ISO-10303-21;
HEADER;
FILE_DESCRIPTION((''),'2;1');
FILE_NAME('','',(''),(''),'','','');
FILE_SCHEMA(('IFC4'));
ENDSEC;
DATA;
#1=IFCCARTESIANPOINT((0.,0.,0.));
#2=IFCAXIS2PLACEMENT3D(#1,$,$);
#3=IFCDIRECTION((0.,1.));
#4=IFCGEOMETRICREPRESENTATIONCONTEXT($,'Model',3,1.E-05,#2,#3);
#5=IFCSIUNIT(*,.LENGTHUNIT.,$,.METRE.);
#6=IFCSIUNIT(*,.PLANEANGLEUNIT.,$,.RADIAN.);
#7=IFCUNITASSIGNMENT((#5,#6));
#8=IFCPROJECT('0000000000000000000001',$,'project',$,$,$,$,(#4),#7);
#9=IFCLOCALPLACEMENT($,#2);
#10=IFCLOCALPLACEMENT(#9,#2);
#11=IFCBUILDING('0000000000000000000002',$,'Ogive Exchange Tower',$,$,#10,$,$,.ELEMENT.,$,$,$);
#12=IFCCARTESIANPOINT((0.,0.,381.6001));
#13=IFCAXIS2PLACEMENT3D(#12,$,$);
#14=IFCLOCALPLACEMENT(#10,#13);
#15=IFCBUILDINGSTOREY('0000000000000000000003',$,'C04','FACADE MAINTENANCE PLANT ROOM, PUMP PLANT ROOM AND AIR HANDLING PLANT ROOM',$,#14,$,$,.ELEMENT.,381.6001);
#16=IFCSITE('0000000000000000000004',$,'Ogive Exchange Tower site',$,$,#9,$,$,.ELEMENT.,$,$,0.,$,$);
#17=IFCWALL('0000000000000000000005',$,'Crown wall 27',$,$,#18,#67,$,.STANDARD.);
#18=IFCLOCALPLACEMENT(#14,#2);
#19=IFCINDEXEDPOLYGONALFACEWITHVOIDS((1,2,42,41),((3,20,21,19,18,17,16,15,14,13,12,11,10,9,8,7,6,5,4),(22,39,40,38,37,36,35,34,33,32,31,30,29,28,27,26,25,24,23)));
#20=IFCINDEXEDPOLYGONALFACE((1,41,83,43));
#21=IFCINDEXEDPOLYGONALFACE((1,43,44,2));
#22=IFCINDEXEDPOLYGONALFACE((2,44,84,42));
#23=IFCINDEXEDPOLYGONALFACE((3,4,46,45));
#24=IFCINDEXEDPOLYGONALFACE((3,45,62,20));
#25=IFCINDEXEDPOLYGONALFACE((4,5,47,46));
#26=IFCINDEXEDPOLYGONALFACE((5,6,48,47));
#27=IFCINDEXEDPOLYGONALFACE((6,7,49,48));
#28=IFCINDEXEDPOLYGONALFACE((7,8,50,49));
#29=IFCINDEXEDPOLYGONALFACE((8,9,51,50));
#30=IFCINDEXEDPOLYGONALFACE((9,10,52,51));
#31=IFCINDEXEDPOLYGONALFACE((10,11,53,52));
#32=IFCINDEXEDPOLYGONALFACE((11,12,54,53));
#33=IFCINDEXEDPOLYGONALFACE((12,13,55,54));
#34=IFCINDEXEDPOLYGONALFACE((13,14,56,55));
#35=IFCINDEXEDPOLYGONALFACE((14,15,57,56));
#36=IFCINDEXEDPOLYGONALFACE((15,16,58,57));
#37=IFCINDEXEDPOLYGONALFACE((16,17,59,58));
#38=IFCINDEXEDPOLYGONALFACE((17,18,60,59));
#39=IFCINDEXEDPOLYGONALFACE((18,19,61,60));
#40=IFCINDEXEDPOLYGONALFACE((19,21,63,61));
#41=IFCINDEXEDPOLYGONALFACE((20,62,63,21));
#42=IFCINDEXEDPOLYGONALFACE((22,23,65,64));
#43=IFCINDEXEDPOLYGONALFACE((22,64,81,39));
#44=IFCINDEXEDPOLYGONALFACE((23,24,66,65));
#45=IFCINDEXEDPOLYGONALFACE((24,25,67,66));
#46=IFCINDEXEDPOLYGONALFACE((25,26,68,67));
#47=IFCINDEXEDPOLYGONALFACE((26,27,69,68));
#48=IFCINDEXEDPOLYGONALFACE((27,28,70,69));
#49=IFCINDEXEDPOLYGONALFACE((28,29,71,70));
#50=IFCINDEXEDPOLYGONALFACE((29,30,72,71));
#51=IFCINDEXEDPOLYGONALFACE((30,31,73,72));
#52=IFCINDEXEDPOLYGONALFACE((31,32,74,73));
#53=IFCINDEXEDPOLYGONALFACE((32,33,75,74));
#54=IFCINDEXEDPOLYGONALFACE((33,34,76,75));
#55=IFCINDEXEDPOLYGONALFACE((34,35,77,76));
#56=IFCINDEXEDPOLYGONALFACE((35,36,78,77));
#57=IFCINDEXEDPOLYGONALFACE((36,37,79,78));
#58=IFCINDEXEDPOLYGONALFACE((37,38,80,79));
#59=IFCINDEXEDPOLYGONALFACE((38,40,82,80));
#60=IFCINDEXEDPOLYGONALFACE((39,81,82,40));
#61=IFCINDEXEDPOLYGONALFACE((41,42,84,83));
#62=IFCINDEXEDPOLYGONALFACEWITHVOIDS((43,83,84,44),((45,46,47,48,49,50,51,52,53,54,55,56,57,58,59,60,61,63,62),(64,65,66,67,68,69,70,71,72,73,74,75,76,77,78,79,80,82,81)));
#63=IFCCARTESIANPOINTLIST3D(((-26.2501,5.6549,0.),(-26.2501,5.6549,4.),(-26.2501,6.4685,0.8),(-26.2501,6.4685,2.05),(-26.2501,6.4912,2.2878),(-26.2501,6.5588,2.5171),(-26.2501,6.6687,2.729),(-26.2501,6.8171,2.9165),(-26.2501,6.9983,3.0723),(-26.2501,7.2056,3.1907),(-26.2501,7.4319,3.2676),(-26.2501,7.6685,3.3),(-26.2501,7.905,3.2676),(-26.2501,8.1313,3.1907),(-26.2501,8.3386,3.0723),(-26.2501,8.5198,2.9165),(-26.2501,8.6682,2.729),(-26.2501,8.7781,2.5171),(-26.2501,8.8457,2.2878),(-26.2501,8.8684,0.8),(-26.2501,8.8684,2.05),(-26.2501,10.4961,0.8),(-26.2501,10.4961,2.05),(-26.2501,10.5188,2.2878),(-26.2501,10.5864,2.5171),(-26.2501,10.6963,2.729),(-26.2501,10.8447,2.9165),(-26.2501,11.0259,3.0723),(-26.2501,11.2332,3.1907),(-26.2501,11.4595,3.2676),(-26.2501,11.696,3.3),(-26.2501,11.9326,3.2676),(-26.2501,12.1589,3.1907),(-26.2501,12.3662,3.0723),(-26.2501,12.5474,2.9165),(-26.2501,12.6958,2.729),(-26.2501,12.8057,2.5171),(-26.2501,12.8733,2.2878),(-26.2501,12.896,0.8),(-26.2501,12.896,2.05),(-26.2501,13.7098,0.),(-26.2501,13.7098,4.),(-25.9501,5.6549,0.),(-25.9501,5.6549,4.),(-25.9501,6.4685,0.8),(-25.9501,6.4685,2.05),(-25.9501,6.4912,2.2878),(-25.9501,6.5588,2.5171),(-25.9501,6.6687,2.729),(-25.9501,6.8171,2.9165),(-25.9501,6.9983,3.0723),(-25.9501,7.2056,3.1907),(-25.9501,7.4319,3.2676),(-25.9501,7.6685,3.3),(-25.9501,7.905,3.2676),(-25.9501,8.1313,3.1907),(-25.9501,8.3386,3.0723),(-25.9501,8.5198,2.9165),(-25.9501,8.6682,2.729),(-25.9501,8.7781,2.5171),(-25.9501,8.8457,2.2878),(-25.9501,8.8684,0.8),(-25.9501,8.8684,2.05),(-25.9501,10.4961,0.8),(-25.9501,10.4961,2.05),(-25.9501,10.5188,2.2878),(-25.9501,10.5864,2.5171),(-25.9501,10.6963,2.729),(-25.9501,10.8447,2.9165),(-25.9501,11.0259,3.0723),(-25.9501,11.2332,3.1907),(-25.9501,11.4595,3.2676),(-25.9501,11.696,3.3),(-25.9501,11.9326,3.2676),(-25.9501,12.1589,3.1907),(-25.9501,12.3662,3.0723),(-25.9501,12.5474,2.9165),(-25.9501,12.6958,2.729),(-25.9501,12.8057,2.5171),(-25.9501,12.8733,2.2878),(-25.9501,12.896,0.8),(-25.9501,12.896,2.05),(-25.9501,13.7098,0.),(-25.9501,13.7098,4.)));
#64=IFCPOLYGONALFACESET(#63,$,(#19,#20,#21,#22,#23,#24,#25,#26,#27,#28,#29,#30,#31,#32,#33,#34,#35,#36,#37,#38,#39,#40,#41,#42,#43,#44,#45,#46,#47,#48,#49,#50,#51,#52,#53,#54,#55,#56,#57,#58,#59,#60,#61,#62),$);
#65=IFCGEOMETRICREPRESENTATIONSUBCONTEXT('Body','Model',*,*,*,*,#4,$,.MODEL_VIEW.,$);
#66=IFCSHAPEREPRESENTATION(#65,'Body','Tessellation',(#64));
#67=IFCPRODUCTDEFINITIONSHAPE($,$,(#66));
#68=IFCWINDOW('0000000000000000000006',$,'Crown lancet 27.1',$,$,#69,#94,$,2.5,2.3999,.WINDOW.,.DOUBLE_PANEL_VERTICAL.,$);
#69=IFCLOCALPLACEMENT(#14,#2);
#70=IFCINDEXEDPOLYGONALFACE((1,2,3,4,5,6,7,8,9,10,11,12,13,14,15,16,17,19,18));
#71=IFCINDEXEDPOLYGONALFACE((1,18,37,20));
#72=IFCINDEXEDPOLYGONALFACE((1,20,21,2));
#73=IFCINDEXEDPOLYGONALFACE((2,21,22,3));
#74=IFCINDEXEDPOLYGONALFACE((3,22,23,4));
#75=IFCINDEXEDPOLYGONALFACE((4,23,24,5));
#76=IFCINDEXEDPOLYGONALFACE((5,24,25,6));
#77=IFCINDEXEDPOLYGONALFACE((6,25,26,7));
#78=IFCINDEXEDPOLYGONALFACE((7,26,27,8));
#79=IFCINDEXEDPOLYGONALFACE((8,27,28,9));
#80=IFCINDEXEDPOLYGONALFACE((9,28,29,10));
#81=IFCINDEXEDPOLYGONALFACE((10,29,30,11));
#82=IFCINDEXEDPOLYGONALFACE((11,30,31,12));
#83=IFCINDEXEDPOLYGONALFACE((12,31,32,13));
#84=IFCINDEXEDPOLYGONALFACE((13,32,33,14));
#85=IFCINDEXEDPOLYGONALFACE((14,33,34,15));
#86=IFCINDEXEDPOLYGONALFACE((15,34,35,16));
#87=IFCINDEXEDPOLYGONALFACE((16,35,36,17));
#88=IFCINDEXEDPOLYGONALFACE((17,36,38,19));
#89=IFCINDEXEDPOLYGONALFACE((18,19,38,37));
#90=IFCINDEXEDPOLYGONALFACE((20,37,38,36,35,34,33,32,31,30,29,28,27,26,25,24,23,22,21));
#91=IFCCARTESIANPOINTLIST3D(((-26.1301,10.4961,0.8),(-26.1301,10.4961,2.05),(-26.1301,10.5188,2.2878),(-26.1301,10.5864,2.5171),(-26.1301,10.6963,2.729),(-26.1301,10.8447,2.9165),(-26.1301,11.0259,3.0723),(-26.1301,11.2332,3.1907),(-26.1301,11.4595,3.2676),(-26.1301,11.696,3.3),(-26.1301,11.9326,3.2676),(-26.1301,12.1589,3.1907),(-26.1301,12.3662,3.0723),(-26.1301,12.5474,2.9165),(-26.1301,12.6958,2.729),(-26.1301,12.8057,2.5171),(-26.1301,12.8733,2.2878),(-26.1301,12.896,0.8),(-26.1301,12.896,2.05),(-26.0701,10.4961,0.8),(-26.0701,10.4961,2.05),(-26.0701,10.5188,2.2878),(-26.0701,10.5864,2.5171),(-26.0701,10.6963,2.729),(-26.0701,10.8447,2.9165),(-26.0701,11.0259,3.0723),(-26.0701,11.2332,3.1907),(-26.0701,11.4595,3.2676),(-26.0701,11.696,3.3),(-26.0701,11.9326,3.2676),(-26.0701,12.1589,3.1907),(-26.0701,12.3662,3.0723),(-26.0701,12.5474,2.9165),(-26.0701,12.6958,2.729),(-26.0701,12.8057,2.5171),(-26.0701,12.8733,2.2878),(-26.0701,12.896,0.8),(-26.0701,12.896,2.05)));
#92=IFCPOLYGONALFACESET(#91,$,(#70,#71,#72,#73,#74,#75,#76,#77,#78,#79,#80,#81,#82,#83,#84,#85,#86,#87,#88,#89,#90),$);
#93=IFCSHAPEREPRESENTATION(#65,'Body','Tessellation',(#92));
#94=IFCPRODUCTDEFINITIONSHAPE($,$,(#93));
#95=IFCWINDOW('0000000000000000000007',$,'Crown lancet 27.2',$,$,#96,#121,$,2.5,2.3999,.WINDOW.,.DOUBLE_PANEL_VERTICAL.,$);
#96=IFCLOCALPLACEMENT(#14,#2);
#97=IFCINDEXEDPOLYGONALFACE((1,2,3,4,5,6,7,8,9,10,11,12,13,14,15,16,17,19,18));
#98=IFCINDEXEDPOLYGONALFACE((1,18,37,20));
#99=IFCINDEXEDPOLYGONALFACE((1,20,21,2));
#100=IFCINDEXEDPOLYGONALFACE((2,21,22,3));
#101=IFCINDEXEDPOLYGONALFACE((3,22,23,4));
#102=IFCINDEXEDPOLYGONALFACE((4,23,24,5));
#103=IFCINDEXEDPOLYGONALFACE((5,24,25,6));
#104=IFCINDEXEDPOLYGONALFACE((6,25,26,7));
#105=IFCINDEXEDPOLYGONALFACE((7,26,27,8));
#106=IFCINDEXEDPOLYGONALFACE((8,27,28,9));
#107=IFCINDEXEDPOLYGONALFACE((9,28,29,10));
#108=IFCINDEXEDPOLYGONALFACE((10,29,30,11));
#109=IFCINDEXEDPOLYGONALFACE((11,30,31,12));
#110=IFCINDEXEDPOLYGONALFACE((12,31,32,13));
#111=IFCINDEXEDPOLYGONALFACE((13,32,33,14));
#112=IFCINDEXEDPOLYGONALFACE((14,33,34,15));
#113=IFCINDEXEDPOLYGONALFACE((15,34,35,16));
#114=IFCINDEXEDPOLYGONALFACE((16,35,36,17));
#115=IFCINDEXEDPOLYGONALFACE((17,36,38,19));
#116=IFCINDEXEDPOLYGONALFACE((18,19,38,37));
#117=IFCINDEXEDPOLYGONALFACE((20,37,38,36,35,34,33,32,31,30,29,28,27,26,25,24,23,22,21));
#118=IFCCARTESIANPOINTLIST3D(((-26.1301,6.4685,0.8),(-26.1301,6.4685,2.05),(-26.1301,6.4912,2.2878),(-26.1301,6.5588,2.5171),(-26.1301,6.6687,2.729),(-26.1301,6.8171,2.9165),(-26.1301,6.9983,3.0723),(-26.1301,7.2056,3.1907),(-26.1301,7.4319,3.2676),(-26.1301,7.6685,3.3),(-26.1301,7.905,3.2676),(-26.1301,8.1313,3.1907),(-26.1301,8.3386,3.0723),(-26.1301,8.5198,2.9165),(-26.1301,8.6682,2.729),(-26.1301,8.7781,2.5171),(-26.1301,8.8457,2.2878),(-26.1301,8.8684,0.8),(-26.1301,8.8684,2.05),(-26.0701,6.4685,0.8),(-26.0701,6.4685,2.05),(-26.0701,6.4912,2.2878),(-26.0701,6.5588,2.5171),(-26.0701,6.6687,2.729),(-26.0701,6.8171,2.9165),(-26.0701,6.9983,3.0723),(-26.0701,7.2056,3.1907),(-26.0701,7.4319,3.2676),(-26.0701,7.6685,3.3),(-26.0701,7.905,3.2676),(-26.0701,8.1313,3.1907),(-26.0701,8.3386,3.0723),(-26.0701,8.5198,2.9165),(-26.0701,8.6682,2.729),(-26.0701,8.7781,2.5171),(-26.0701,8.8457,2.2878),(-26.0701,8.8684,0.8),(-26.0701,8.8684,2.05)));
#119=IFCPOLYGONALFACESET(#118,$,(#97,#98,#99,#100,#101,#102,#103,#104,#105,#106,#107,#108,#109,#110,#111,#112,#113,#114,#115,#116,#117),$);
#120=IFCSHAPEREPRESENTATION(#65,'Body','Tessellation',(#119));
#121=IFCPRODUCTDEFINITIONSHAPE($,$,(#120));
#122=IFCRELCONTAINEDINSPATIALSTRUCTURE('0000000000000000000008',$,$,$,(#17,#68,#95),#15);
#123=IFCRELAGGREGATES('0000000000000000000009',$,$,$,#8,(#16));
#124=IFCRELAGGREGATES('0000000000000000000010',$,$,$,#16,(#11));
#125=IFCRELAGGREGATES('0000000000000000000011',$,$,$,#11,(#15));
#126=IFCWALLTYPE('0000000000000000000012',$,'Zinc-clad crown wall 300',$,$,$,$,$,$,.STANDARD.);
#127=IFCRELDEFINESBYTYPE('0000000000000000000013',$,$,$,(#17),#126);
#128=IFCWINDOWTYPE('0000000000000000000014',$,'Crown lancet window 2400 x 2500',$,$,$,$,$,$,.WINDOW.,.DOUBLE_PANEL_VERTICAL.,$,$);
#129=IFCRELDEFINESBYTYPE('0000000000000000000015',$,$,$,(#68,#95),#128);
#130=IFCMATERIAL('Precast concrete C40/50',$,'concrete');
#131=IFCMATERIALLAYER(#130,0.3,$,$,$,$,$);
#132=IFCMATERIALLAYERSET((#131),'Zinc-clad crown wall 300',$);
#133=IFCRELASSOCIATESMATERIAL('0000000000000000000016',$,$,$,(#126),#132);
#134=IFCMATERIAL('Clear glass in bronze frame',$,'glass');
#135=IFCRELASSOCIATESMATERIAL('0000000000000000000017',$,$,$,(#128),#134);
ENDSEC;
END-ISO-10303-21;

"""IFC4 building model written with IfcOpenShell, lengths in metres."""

from ifc_helpers import new_model, si_unit, direction, frame, frame_2d, origin, place, context, subcontext, project, spatial, polyline, rectangle, outline, extrude, material, layer, layer_set, type_object, element, fill, save


model = new_model("IFC4")

# Units and contexts
model_context = context("Model", 3, precision=1e-05, world=origin(), true_north=direction((0.0, 1.0)))
body_context = subcontext(model_context, "Body", "Model", "MODEL_VIEW")
ifc_project = project(units=[si_unit("LENGTHUNIT", "METRE"), si_unit("PLANEANGLEUNIT", "RADIAN")], contexts=[model_context])

# Site, building, storey
site_placement = place(None, origin())
site = spatial("IfcSite", under=ifc_project, at=site_placement, Name="Ogive Exchange Tower site", CompositionType="ELEMENT", RefElevation=0.0)
building_placement = place(site_placement, origin())
building = spatial("IfcBuilding", under=site, at=building_placement, Name="Ogive Exchange Tower", CompositionType="ELEMENT")
storey_placement = place(building_placement, frame((0.0, 0.0, 381.6001)))
storey = spatial("IfcBuildingStorey", under=building, at=storey_placement, Name="C04", Description="FACADE MAINTENANCE PLANT ROOM, PUMP PLANT ROOM AND AIR HANDLING PLANT ROOM", CompositionType="ELEMENT", Elevation=381.6001)

# Shared definitions
ifc_material_1 = material(Name="Precast concrete C40/50", Category="concrete")
ifc_layer_1 = layer(ifc_material_1, 0.3)
ifc_layer_set_1 = layer_set([ifc_layer_1], Name="Zinc-clad crown wall 300")
wall_type_1 = type_object("IfcWallType", Name="Zinc-clad crown wall 300", PredefinedType="STANDARD", material=ifc_layer_set_1)

# Wall, openings, windows
wall_1_placement = place(storey_placement, frame((-26.1001, 13.7097, 0.0), z_axis=(0.0, 0.0, 1.0), x_axis=(0.0, -1.0, 0.0)))
wall_1 = element("IfcWall", 1, at=wall_1_placement, inside=storey, type_object=wall_type_1, Name="Crown wall 27", PredefinedType="STANDARD", context=body_context, shape_type="SweptSolid", body=[
    extrude(rectangle(XDim=8.0549, YDim=0.3, at=frame_2d((4.0273, 0.0))), origin(), (0.0, 0.0, 1.0), 4.0),
])
opening_1_placement = place(wall_1_placement, frame((0.8137, 0.0, 0.8)))
opening_1 = element("IfcOpeningElement", 2, at=opening_1_placement, cuts=wall_1, PredefinedType="OPENING", context=body_context, shape_type="SweptSolid", body=[
    extrude(outline(polyline([(0.0, 0.0), (2.3999, 0.0), (2.3999, 1.25), (2.3772, 1.4878), (2.3096, 1.717), (2.1997, 1.929), (2.0513, 2.1165), (1.8701, 2.2722), (1.6628, 2.3906), (1.4365, 2.4675), (1.2, 2.5), (0.9634, 2.4675), (0.7371, 2.3906), (0.5298, 2.2722), (0.3486, 2.1165), (0.2002, 1.929), (0.0903, 1.717), (0.0227, 1.4878), (0.0, 1.25), (0.0, 0.0)])), frame((0.0, 0.1599, 0.0), z_axis=(0.0, -1.0, 0.0), x_axis=(1.0, 0.0, 0.0)), (0.0, 0.0, 1.0), 0.3201),
])
opening_2_placement = place(wall_1_placement, frame((4.8413, 0.0, 0.8)))
opening_2 = element("IfcOpeningElement", 3, at=opening_2_placement, cuts=wall_1, PredefinedType="OPENING", context=body_context, shape_type="SweptSolid", body=[
    extrude(outline(polyline([(0.0, 0.0), (2.3999, 0.0), (2.3999, 1.25), (2.3772, 1.4878), (2.3096, 1.717), (2.1997, 1.929), (2.0513, 2.1165), (1.8701, 2.2722), (1.6628, 2.3906), (1.4365, 2.4675), (1.2, 2.5), (0.9634, 2.4675), (0.7371, 2.3906), (0.5298, 2.2722), (0.3486, 2.1165), (0.2002, 1.929), (0.0903, 1.717), (0.0227, 1.4878), (0.0, 1.25), (0.0, 0.0)])), frame((0.0, 0.1599, 0.0), z_axis=(0.0, -1.0, 0.0), x_axis=(1.0, 0.0, 0.0)), (0.0, 0.0, 1.0), 0.3201),
])
ifc_material_2 = material(Name="Clear glass in bronze frame", Category="glass")
window_type = type_object("IfcWindowType", Name="Crown lancet window 2400 x 2500", PartitioningType="DOUBLE_PANEL_VERTICAL", PredefinedType="WINDOW", material=ifc_material_2)
window_1_placement = place(opening_1_placement, origin())
window_1 = element("IfcWindow", 4, at=window_1_placement, inside=storey, type_object=window_type, Name="Crown lancet 27.1", OverallHeight=2.5, OverallWidth=2.3999, PartitioningType="DOUBLE_PANEL_VERTICAL", PredefinedType="WINDOW", context=body_context, shape_type="SweptSolid", body=[
    extrude(outline(polyline([(0.0, 0.0), (2.3999, 0.0), (2.3999, 1.25), (2.3772, 1.4878), (2.3096, 1.717), (2.1997, 1.929), (2.0513, 2.1165), (1.8701, 2.2722), (1.6628, 2.3906), (1.4365, 2.4675), (1.2, 2.5), (0.9634, 2.4675), (0.7371, 2.3906), (0.5298, 2.2722), (0.3486, 2.1165), (0.2002, 1.929), (0.0903, 1.717), (0.0227, 1.4878), (0.0, 1.25), (0.0, 0.0)])), frame((0.0, 0.03, 0.0), z_axis=(0.0, -1.0, 0.0), x_axis=(1.0, 0.0, 0.0)), (0.0, 0.0, 1.0), 0.0601),
])
fill(opening_1, window_1)
window_2_placement = place(opening_2_placement, origin())
window_2 = element("IfcWindow", 5, at=window_2_placement, inside=storey, type_object=window_type, Name="Crown lancet 27.2", OverallHeight=2.5, OverallWidth=2.3999, PartitioningType="DOUBLE_PANEL_VERTICAL", PredefinedType="WINDOW", context=body_context, shape_type="SweptSolid", body=[
    extrude(outline(polyline([(0.0, 0.0), (2.3999, 0.0), (2.3999, 1.25), (2.3772, 1.4878), (2.3096, 1.717), (2.1997, 1.929), (2.0513, 2.1165), (1.8701, 2.2722), (1.6628, 2.3906), (1.4365, 2.4675), (1.2, 2.5), (0.9634, 2.4675), (0.7371, 2.3906), (0.5298, 2.2722), (0.3486, 2.1165), (0.2002, 1.929), (0.0903, 1.717), (0.0227, 1.4878), (0.0, 1.25), (0.0, 0.0)])), frame((0.0, 0.03, 0.0), z_axis=(0.0, -1.0, 0.0), x_axis=(1.0, 0.0, 0.0)), (0.0, 0.0, 1.0), 0.0601),
])
fill(opening_2, window_2)

save(model, "model.ifc")
